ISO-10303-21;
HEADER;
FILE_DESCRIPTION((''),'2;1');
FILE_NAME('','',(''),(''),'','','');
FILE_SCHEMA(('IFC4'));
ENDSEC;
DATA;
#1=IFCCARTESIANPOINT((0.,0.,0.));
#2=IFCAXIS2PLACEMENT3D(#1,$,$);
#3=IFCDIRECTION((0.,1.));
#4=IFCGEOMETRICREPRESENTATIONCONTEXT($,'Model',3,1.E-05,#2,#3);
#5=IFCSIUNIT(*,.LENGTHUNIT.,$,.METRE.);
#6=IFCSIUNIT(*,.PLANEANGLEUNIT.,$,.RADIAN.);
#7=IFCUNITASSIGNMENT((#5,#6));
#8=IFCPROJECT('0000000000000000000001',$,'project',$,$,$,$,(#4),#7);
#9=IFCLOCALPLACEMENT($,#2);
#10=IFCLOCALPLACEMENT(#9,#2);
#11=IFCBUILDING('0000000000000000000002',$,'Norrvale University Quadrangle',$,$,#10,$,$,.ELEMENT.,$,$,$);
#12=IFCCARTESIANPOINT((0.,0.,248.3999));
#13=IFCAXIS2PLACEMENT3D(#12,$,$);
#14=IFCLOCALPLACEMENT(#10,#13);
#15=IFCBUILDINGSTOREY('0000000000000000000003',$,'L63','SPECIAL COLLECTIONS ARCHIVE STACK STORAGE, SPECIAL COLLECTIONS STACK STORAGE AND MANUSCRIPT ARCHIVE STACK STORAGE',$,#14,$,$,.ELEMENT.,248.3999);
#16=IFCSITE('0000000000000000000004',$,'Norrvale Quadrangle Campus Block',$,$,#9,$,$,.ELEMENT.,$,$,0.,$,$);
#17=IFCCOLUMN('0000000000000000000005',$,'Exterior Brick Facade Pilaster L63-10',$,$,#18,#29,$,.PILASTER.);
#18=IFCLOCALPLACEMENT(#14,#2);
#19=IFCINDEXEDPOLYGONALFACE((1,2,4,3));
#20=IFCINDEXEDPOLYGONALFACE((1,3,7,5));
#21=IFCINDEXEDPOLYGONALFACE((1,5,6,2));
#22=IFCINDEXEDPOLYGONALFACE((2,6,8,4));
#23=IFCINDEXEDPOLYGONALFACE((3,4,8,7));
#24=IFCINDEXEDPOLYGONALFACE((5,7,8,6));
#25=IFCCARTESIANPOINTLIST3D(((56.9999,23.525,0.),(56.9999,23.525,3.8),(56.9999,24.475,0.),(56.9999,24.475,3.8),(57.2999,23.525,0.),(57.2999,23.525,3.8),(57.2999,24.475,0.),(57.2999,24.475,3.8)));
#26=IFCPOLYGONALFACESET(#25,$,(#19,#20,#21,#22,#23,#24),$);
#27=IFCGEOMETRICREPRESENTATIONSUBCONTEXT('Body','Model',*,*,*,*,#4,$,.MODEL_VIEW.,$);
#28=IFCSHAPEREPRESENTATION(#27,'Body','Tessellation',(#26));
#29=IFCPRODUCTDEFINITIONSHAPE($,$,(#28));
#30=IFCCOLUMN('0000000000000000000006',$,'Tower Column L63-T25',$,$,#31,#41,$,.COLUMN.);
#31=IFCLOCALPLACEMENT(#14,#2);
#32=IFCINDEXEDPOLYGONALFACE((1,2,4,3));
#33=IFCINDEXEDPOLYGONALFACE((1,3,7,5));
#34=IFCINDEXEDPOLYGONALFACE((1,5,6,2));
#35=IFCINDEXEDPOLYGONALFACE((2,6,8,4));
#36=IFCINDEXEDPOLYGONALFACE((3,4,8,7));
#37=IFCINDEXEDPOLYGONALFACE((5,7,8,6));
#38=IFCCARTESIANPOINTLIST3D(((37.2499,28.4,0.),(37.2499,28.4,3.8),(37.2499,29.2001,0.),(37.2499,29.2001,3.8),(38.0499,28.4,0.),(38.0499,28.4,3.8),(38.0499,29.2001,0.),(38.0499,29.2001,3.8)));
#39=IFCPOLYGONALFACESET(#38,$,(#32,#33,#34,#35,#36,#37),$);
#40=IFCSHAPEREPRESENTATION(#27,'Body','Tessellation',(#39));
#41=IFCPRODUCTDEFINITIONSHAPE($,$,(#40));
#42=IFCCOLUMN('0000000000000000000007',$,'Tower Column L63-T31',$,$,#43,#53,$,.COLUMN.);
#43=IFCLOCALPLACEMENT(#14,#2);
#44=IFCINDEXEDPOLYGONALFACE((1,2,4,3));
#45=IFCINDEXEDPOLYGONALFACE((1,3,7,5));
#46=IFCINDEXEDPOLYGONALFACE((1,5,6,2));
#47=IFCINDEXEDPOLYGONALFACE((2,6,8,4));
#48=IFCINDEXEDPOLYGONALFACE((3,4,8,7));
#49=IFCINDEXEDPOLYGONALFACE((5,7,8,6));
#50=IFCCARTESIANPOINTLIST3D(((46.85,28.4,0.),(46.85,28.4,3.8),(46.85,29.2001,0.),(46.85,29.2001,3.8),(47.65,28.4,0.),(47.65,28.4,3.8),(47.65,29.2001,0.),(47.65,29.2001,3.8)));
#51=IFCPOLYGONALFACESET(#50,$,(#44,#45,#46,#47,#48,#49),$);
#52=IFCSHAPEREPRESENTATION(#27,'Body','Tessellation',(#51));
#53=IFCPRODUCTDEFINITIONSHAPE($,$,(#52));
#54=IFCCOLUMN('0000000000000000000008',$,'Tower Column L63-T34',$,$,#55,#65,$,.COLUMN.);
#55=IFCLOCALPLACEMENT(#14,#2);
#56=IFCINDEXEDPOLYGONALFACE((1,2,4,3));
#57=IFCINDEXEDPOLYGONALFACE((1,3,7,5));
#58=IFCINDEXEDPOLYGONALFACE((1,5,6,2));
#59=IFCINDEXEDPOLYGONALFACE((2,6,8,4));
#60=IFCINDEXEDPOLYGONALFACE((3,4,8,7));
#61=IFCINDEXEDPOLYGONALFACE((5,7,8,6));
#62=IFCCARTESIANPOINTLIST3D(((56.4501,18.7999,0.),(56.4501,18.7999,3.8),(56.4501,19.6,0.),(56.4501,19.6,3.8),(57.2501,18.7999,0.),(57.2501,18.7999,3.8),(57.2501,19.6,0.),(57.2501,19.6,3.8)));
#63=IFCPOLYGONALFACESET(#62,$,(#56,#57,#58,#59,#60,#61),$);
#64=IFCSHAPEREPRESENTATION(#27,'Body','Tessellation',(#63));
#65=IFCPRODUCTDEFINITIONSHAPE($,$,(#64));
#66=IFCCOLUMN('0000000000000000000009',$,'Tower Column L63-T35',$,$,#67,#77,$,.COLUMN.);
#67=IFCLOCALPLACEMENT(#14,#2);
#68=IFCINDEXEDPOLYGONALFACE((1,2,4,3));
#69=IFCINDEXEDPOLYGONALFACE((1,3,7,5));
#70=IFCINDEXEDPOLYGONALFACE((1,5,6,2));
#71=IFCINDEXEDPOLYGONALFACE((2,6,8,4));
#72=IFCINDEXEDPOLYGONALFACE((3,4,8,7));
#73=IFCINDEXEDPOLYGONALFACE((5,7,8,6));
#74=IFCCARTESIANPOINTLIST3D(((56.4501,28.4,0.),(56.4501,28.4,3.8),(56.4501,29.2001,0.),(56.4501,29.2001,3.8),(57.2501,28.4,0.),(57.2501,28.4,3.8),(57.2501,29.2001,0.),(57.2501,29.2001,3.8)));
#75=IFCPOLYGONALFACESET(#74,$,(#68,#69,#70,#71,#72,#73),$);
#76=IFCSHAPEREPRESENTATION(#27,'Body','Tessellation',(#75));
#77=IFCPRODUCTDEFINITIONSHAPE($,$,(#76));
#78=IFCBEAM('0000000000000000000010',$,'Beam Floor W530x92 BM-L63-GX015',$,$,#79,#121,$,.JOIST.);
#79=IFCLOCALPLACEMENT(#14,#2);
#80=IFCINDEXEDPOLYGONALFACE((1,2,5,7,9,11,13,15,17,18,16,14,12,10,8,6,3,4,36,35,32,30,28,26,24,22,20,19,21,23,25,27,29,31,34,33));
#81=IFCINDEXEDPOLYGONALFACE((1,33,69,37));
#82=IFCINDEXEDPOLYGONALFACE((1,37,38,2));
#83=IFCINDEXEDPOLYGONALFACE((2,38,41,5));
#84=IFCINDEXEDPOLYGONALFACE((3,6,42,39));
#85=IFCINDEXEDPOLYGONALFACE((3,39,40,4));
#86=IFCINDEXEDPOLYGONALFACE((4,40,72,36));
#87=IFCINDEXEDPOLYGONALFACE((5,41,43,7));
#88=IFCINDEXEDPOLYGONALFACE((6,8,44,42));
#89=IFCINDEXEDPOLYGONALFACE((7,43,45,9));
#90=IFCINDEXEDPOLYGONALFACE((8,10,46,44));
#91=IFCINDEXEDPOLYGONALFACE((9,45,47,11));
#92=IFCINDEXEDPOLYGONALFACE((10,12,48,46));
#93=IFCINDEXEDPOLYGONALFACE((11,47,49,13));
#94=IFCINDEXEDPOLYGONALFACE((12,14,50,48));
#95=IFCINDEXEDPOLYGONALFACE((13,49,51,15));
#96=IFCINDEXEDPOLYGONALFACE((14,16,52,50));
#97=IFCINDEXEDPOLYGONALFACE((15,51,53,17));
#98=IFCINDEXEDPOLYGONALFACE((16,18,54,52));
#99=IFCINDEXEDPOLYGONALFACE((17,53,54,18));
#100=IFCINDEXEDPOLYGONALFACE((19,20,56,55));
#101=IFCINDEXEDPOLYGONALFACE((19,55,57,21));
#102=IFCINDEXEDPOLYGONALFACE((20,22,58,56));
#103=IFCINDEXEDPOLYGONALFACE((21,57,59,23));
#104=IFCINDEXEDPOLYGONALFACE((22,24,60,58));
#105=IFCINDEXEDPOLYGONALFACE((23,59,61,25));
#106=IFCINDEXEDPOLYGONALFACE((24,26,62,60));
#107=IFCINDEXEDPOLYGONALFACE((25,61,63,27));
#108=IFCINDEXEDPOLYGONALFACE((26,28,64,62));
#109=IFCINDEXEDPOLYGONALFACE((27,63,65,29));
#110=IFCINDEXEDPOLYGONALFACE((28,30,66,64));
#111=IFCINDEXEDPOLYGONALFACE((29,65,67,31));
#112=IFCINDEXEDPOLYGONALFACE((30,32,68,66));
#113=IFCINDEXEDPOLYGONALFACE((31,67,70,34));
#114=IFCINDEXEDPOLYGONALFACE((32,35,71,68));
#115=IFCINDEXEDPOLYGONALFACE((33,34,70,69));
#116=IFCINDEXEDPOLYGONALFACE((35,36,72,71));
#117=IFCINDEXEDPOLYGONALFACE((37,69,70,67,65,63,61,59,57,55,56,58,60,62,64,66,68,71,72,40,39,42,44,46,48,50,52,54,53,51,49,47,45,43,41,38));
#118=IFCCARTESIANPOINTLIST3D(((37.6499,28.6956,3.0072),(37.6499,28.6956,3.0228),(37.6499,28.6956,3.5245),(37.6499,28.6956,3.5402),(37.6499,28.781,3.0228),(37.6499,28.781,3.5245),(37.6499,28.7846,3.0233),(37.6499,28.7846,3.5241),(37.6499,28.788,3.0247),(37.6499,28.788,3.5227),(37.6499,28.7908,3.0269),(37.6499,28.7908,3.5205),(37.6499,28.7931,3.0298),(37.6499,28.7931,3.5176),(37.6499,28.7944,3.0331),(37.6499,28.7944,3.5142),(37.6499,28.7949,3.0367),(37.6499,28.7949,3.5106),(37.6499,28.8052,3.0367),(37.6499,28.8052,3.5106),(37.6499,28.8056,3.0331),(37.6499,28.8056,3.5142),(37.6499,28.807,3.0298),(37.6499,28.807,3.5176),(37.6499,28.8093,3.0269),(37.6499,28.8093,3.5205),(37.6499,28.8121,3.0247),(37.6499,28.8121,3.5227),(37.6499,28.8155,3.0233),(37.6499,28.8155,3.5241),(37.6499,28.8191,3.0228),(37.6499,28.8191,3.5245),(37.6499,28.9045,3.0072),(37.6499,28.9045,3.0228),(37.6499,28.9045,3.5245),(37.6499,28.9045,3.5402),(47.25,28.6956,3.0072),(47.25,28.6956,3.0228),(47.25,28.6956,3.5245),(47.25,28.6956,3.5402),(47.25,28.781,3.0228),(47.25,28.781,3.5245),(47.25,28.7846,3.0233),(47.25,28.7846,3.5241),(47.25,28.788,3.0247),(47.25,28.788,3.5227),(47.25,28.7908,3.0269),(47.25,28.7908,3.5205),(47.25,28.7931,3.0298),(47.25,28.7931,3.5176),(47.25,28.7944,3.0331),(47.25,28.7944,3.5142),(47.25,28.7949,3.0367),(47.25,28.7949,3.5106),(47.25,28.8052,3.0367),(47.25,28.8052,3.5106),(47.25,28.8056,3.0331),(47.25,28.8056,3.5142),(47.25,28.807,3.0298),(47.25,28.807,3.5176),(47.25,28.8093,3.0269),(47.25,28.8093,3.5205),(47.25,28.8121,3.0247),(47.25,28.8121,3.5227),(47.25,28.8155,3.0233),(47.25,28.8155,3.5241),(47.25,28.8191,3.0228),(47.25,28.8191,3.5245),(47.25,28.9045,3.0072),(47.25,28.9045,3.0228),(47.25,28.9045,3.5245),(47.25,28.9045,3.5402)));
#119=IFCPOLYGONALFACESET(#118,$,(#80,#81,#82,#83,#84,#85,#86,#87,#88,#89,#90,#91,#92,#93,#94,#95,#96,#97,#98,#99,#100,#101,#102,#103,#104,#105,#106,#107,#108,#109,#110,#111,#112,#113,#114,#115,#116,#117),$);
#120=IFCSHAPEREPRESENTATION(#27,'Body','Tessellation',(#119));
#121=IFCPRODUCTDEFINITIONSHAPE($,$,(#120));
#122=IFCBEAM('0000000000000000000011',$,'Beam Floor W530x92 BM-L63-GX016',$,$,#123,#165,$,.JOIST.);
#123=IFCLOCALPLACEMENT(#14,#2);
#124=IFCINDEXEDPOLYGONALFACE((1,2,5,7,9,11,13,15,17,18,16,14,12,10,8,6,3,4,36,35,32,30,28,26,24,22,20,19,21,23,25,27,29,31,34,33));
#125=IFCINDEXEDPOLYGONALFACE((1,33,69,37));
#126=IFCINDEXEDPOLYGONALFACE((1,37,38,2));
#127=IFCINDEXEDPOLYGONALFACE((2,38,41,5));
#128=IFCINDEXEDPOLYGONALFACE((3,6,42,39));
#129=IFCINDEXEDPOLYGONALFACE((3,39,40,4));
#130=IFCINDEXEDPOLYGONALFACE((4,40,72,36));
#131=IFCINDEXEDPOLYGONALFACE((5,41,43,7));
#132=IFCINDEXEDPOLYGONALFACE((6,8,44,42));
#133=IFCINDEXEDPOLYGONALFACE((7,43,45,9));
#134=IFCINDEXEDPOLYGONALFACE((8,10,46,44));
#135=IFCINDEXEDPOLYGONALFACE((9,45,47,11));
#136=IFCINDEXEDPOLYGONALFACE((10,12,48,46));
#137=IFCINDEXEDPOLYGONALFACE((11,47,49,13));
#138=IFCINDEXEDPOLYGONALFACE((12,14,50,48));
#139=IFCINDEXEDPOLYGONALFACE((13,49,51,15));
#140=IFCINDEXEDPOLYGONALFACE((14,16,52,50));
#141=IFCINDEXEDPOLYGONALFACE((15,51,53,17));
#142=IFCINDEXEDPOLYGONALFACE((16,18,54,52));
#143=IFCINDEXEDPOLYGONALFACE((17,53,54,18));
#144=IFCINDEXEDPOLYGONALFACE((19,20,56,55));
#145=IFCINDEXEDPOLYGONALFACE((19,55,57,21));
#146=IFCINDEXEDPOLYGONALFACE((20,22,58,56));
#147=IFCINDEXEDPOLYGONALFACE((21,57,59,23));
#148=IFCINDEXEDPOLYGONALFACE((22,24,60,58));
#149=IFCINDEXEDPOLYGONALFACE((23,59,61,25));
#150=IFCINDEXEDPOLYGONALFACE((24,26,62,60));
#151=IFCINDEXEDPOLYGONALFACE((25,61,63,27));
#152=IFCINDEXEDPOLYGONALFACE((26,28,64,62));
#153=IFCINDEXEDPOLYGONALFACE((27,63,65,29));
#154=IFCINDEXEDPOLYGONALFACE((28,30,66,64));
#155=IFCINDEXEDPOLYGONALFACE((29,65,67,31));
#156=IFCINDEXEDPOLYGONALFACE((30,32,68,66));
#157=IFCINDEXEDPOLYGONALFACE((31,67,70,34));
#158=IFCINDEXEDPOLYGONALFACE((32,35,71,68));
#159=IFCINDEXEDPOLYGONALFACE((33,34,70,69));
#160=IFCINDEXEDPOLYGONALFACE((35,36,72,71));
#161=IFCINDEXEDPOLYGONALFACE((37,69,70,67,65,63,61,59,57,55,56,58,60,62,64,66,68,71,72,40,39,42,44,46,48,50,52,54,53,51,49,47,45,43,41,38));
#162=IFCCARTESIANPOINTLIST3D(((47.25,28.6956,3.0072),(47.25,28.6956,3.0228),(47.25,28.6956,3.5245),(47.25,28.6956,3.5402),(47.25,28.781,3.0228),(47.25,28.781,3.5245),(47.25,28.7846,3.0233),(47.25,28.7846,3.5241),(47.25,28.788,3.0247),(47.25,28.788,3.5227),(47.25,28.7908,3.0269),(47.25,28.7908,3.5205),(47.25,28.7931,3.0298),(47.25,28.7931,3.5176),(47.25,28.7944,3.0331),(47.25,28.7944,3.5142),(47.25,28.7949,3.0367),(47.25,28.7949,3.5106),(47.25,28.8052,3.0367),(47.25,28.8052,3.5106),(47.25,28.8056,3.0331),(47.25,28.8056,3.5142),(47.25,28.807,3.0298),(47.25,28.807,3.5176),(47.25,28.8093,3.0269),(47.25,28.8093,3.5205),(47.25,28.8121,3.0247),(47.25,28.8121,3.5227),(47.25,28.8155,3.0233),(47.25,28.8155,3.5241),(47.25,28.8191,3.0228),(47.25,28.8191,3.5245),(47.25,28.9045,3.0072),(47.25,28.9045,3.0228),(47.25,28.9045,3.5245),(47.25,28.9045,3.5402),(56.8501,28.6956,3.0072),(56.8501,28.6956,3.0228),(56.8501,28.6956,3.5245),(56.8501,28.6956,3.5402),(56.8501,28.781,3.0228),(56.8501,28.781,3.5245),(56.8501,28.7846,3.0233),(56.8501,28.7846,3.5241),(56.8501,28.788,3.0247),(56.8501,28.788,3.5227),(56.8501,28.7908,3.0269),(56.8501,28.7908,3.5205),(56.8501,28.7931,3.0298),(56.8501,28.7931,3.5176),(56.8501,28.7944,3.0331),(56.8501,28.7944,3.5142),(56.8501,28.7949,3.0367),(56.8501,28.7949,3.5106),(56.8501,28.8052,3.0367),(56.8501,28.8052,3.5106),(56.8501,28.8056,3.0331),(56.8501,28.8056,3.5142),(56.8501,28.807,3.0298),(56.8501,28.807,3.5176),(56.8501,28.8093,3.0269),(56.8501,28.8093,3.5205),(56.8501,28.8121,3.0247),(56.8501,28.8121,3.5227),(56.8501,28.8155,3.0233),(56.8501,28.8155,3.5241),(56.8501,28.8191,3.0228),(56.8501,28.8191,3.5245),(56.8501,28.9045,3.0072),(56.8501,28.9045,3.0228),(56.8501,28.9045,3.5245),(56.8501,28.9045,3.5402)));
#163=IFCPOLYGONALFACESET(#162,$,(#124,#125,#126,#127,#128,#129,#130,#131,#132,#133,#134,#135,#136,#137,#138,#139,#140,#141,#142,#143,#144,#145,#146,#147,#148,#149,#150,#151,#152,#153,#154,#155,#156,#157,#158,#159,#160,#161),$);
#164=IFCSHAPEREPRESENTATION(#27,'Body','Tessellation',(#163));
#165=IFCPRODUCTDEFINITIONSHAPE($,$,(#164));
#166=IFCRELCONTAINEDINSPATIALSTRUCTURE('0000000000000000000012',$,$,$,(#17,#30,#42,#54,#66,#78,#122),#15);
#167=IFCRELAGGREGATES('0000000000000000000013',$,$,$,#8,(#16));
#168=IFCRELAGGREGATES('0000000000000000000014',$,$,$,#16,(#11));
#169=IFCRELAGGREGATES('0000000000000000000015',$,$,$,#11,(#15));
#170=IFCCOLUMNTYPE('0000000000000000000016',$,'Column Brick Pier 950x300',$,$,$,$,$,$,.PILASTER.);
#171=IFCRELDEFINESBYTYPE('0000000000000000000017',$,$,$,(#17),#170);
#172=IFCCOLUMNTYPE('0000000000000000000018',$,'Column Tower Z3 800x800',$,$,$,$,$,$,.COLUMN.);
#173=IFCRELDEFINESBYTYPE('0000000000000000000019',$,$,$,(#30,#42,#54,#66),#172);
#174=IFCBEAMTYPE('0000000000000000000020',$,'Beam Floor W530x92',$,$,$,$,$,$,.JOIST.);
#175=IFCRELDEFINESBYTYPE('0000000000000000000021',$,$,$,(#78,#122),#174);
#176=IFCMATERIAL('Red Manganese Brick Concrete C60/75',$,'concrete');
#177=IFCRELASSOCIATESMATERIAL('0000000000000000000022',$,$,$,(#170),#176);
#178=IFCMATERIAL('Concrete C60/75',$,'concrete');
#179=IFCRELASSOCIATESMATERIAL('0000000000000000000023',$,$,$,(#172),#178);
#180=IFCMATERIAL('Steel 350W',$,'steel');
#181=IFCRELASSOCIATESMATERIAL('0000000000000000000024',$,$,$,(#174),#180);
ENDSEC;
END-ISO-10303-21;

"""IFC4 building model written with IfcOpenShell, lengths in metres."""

from ifc_helpers import new_model, si_unit, direction, frame, origin, origin_2d, place, context, subcontext, project, spatial, rectangle, i_section, extrude, material, material_profile, profile_set, type_object, element, save


model = new_model("IFC4")

# Units and contexts
model_context = context("Model", 3, precision=1e-05, world=origin(), true_north=direction((0.0, 1.0)))
body_context = subcontext(model_context, "Body", "Model", "MODEL_VIEW")
ifc_project = project(units=[si_unit("LENGTHUNIT", "METRE"), si_unit("PLANEANGLEUNIT", "RADIAN")], contexts=[model_context])

# Site, building, storey
site_placement = place(None, origin())
site = spatial("IfcSite", under=ifc_project, at=site_placement, Name="Norrvale Quadrangle Campus Block", CompositionType="ELEMENT", RefElevation=0.0)
building_placement = place(site_placement, origin())
building = spatial("IfcBuilding", under=site, at=building_placement, Name="Norrvale University Quadrangle", CompositionType="ELEMENT")
storey_placement = place(building_placement, frame((0.0, 0.0, 248.3999)))
storey = spatial("IfcBuildingStorey", under=building, at=storey_placement, Name="L63", Description="SPECIAL COLLECTIONS ARCHIVE STACK STORAGE, SPECIAL COLLECTIONS STACK STORAGE AND MANUSCRIPT ARCHIVE STACK STORAGE", CompositionType="ELEMENT", Elevation=248.3999)

# Columns
ifc_material_1 = material(Name="Red Manganese Brick Concrete C60/75", Category="concrete")
ifc_material_profile_1 = material_profile(ifc_material_1, rectangle(XDim=0.95, YDim=0.3, at=origin_2d()), Name="Red Manganese Brick Concrete C60/75")
ifc_profile_set_1 = profile_set([ifc_material_profile_1], Name="Red Manganese Brick Concrete C60/75")
column_type_1 = type_object("IfcColumnType", Name="Column Brick Pier 950x300", PredefinedType="PILASTER", material=ifc_profile_set_1)
column_placement = place(storey_placement, frame((57.1499, 24.0, 0.0), z_axis=(0.0, 0.0, 1.0), x_axis=(0.0, 1.0, 0.0)))
element("IfcColumn", 1, at=column_placement, inside=storey, type_object=column_type_1, Name="Exterior Brick Facade Pilaster L63-10", PredefinedType="PILASTER", context=body_context, shape_type="SweptSolid", body=[
    extrude(rectangle(XDim=0.95, YDim=0.3, at=origin_2d()), origin(), (0.0, 0.0, 1.0), 3.8),
])
ifc_material_2 = material(Name="Concrete C60/75", Category="concrete")
ifc_material_profile_2 = material_profile(ifc_material_2, rectangle(XDim=0.8, YDim=0.8, at=origin_2d()), Name="Concrete C60/75")
ifc_profile_set_2 = profile_set([ifc_material_profile_2], Name="Concrete C60/75")
column_type_2 = type_object("IfcColumnType", Name="Column Tower Z3 800x800", PredefinedType="COLUMN", material=ifc_profile_set_2)
for number, where, z_axis, x_axis, name in (
    (2, (37.6499, 28.8, 0.0), (0.0, 0.0, 1.0), (1.0, 0.0, 0.0), "Tower Column L63-T25"),
    (3, (47.25, 28.8, 0.0), (0.0, 0.0, 1.0), (1.0, 0.0, 0.0), "Tower Column L63-T31"),
    (4, (56.8501, 19.2, 0.0), (0.0, 0.0, 1.0), (1.0, 0.0, 0.0), "Tower Column L63-T34"),
    (5, (56.8501, 28.8, 0.0), (0.0, 0.0, 1.0), (1.0, 0.0, 0.0), "Tower Column L63-T35"),
):
    element("IfcColumn", number, at=place(storey_placement, frame(where, z_axis=z_axis, x_axis=x_axis)), inside=storey, type_object=column_type_2, Name=name, PredefinedType="COLUMN", context=body_context, shape_type="SweptSolid", body=[
        extrude(rectangle(XDim=0.8, YDim=0.8, at=origin_2d()), origin(), (0.0, 0.0, 1.0), 3.8),
    ])

# Beams
ifc_material_3 = material(Name="Steel 350W", Category="steel")
ifc_material_profile_3 = material_profile(ifc_material_3, i_section(OverallWidth=0.209, OverallDepth=0.533, WebThickness=0.0103, FlangeThickness=0.0156, FilletRadius=0.0139, at=origin_2d()), Name="Steel 350W")
ifc_profile_set_3 = profile_set([ifc_material_profile_3], Name="Steel 350W")
beam_type_1 = type_object("IfcBeamType", Name="Beam Floor W530x92", PredefinedType="JOIST", material=ifc_profile_set_3)
for number, where, z_axis, x_axis, name in (
    (6, (37.6499, 28.8, 3.2737), (1.0, 0.0, 0.0), (0.0, 1.0, 0.0), "Beam Floor W530x92 BM-L63-GX015"),
    (7, (47.25, 28.8, 3.2737), (1.0, 0.0, 0.0), (0.0, 1.0, 0.0), "Beam Floor W530x92 BM-L63-GX016"),
):
    element("IfcBeam", number, at=place(storey_placement, frame(where, z_axis=z_axis, x_axis=x_axis)), inside=storey, type_object=beam_type_1, Name=name, PredefinedType="JOIST", context=body_context, shape_type="SweptSolid", body=[
        extrude(i_section(OverallWidth=0.209, OverallDepth=0.533, WebThickness=0.0103, FlangeThickness=0.0156, FilletRadius=0.0139, at=origin_2d()), origin(), (0.0, 0.0, 1.0), 9.6001),
    ])

save(model, "model.ifc")
